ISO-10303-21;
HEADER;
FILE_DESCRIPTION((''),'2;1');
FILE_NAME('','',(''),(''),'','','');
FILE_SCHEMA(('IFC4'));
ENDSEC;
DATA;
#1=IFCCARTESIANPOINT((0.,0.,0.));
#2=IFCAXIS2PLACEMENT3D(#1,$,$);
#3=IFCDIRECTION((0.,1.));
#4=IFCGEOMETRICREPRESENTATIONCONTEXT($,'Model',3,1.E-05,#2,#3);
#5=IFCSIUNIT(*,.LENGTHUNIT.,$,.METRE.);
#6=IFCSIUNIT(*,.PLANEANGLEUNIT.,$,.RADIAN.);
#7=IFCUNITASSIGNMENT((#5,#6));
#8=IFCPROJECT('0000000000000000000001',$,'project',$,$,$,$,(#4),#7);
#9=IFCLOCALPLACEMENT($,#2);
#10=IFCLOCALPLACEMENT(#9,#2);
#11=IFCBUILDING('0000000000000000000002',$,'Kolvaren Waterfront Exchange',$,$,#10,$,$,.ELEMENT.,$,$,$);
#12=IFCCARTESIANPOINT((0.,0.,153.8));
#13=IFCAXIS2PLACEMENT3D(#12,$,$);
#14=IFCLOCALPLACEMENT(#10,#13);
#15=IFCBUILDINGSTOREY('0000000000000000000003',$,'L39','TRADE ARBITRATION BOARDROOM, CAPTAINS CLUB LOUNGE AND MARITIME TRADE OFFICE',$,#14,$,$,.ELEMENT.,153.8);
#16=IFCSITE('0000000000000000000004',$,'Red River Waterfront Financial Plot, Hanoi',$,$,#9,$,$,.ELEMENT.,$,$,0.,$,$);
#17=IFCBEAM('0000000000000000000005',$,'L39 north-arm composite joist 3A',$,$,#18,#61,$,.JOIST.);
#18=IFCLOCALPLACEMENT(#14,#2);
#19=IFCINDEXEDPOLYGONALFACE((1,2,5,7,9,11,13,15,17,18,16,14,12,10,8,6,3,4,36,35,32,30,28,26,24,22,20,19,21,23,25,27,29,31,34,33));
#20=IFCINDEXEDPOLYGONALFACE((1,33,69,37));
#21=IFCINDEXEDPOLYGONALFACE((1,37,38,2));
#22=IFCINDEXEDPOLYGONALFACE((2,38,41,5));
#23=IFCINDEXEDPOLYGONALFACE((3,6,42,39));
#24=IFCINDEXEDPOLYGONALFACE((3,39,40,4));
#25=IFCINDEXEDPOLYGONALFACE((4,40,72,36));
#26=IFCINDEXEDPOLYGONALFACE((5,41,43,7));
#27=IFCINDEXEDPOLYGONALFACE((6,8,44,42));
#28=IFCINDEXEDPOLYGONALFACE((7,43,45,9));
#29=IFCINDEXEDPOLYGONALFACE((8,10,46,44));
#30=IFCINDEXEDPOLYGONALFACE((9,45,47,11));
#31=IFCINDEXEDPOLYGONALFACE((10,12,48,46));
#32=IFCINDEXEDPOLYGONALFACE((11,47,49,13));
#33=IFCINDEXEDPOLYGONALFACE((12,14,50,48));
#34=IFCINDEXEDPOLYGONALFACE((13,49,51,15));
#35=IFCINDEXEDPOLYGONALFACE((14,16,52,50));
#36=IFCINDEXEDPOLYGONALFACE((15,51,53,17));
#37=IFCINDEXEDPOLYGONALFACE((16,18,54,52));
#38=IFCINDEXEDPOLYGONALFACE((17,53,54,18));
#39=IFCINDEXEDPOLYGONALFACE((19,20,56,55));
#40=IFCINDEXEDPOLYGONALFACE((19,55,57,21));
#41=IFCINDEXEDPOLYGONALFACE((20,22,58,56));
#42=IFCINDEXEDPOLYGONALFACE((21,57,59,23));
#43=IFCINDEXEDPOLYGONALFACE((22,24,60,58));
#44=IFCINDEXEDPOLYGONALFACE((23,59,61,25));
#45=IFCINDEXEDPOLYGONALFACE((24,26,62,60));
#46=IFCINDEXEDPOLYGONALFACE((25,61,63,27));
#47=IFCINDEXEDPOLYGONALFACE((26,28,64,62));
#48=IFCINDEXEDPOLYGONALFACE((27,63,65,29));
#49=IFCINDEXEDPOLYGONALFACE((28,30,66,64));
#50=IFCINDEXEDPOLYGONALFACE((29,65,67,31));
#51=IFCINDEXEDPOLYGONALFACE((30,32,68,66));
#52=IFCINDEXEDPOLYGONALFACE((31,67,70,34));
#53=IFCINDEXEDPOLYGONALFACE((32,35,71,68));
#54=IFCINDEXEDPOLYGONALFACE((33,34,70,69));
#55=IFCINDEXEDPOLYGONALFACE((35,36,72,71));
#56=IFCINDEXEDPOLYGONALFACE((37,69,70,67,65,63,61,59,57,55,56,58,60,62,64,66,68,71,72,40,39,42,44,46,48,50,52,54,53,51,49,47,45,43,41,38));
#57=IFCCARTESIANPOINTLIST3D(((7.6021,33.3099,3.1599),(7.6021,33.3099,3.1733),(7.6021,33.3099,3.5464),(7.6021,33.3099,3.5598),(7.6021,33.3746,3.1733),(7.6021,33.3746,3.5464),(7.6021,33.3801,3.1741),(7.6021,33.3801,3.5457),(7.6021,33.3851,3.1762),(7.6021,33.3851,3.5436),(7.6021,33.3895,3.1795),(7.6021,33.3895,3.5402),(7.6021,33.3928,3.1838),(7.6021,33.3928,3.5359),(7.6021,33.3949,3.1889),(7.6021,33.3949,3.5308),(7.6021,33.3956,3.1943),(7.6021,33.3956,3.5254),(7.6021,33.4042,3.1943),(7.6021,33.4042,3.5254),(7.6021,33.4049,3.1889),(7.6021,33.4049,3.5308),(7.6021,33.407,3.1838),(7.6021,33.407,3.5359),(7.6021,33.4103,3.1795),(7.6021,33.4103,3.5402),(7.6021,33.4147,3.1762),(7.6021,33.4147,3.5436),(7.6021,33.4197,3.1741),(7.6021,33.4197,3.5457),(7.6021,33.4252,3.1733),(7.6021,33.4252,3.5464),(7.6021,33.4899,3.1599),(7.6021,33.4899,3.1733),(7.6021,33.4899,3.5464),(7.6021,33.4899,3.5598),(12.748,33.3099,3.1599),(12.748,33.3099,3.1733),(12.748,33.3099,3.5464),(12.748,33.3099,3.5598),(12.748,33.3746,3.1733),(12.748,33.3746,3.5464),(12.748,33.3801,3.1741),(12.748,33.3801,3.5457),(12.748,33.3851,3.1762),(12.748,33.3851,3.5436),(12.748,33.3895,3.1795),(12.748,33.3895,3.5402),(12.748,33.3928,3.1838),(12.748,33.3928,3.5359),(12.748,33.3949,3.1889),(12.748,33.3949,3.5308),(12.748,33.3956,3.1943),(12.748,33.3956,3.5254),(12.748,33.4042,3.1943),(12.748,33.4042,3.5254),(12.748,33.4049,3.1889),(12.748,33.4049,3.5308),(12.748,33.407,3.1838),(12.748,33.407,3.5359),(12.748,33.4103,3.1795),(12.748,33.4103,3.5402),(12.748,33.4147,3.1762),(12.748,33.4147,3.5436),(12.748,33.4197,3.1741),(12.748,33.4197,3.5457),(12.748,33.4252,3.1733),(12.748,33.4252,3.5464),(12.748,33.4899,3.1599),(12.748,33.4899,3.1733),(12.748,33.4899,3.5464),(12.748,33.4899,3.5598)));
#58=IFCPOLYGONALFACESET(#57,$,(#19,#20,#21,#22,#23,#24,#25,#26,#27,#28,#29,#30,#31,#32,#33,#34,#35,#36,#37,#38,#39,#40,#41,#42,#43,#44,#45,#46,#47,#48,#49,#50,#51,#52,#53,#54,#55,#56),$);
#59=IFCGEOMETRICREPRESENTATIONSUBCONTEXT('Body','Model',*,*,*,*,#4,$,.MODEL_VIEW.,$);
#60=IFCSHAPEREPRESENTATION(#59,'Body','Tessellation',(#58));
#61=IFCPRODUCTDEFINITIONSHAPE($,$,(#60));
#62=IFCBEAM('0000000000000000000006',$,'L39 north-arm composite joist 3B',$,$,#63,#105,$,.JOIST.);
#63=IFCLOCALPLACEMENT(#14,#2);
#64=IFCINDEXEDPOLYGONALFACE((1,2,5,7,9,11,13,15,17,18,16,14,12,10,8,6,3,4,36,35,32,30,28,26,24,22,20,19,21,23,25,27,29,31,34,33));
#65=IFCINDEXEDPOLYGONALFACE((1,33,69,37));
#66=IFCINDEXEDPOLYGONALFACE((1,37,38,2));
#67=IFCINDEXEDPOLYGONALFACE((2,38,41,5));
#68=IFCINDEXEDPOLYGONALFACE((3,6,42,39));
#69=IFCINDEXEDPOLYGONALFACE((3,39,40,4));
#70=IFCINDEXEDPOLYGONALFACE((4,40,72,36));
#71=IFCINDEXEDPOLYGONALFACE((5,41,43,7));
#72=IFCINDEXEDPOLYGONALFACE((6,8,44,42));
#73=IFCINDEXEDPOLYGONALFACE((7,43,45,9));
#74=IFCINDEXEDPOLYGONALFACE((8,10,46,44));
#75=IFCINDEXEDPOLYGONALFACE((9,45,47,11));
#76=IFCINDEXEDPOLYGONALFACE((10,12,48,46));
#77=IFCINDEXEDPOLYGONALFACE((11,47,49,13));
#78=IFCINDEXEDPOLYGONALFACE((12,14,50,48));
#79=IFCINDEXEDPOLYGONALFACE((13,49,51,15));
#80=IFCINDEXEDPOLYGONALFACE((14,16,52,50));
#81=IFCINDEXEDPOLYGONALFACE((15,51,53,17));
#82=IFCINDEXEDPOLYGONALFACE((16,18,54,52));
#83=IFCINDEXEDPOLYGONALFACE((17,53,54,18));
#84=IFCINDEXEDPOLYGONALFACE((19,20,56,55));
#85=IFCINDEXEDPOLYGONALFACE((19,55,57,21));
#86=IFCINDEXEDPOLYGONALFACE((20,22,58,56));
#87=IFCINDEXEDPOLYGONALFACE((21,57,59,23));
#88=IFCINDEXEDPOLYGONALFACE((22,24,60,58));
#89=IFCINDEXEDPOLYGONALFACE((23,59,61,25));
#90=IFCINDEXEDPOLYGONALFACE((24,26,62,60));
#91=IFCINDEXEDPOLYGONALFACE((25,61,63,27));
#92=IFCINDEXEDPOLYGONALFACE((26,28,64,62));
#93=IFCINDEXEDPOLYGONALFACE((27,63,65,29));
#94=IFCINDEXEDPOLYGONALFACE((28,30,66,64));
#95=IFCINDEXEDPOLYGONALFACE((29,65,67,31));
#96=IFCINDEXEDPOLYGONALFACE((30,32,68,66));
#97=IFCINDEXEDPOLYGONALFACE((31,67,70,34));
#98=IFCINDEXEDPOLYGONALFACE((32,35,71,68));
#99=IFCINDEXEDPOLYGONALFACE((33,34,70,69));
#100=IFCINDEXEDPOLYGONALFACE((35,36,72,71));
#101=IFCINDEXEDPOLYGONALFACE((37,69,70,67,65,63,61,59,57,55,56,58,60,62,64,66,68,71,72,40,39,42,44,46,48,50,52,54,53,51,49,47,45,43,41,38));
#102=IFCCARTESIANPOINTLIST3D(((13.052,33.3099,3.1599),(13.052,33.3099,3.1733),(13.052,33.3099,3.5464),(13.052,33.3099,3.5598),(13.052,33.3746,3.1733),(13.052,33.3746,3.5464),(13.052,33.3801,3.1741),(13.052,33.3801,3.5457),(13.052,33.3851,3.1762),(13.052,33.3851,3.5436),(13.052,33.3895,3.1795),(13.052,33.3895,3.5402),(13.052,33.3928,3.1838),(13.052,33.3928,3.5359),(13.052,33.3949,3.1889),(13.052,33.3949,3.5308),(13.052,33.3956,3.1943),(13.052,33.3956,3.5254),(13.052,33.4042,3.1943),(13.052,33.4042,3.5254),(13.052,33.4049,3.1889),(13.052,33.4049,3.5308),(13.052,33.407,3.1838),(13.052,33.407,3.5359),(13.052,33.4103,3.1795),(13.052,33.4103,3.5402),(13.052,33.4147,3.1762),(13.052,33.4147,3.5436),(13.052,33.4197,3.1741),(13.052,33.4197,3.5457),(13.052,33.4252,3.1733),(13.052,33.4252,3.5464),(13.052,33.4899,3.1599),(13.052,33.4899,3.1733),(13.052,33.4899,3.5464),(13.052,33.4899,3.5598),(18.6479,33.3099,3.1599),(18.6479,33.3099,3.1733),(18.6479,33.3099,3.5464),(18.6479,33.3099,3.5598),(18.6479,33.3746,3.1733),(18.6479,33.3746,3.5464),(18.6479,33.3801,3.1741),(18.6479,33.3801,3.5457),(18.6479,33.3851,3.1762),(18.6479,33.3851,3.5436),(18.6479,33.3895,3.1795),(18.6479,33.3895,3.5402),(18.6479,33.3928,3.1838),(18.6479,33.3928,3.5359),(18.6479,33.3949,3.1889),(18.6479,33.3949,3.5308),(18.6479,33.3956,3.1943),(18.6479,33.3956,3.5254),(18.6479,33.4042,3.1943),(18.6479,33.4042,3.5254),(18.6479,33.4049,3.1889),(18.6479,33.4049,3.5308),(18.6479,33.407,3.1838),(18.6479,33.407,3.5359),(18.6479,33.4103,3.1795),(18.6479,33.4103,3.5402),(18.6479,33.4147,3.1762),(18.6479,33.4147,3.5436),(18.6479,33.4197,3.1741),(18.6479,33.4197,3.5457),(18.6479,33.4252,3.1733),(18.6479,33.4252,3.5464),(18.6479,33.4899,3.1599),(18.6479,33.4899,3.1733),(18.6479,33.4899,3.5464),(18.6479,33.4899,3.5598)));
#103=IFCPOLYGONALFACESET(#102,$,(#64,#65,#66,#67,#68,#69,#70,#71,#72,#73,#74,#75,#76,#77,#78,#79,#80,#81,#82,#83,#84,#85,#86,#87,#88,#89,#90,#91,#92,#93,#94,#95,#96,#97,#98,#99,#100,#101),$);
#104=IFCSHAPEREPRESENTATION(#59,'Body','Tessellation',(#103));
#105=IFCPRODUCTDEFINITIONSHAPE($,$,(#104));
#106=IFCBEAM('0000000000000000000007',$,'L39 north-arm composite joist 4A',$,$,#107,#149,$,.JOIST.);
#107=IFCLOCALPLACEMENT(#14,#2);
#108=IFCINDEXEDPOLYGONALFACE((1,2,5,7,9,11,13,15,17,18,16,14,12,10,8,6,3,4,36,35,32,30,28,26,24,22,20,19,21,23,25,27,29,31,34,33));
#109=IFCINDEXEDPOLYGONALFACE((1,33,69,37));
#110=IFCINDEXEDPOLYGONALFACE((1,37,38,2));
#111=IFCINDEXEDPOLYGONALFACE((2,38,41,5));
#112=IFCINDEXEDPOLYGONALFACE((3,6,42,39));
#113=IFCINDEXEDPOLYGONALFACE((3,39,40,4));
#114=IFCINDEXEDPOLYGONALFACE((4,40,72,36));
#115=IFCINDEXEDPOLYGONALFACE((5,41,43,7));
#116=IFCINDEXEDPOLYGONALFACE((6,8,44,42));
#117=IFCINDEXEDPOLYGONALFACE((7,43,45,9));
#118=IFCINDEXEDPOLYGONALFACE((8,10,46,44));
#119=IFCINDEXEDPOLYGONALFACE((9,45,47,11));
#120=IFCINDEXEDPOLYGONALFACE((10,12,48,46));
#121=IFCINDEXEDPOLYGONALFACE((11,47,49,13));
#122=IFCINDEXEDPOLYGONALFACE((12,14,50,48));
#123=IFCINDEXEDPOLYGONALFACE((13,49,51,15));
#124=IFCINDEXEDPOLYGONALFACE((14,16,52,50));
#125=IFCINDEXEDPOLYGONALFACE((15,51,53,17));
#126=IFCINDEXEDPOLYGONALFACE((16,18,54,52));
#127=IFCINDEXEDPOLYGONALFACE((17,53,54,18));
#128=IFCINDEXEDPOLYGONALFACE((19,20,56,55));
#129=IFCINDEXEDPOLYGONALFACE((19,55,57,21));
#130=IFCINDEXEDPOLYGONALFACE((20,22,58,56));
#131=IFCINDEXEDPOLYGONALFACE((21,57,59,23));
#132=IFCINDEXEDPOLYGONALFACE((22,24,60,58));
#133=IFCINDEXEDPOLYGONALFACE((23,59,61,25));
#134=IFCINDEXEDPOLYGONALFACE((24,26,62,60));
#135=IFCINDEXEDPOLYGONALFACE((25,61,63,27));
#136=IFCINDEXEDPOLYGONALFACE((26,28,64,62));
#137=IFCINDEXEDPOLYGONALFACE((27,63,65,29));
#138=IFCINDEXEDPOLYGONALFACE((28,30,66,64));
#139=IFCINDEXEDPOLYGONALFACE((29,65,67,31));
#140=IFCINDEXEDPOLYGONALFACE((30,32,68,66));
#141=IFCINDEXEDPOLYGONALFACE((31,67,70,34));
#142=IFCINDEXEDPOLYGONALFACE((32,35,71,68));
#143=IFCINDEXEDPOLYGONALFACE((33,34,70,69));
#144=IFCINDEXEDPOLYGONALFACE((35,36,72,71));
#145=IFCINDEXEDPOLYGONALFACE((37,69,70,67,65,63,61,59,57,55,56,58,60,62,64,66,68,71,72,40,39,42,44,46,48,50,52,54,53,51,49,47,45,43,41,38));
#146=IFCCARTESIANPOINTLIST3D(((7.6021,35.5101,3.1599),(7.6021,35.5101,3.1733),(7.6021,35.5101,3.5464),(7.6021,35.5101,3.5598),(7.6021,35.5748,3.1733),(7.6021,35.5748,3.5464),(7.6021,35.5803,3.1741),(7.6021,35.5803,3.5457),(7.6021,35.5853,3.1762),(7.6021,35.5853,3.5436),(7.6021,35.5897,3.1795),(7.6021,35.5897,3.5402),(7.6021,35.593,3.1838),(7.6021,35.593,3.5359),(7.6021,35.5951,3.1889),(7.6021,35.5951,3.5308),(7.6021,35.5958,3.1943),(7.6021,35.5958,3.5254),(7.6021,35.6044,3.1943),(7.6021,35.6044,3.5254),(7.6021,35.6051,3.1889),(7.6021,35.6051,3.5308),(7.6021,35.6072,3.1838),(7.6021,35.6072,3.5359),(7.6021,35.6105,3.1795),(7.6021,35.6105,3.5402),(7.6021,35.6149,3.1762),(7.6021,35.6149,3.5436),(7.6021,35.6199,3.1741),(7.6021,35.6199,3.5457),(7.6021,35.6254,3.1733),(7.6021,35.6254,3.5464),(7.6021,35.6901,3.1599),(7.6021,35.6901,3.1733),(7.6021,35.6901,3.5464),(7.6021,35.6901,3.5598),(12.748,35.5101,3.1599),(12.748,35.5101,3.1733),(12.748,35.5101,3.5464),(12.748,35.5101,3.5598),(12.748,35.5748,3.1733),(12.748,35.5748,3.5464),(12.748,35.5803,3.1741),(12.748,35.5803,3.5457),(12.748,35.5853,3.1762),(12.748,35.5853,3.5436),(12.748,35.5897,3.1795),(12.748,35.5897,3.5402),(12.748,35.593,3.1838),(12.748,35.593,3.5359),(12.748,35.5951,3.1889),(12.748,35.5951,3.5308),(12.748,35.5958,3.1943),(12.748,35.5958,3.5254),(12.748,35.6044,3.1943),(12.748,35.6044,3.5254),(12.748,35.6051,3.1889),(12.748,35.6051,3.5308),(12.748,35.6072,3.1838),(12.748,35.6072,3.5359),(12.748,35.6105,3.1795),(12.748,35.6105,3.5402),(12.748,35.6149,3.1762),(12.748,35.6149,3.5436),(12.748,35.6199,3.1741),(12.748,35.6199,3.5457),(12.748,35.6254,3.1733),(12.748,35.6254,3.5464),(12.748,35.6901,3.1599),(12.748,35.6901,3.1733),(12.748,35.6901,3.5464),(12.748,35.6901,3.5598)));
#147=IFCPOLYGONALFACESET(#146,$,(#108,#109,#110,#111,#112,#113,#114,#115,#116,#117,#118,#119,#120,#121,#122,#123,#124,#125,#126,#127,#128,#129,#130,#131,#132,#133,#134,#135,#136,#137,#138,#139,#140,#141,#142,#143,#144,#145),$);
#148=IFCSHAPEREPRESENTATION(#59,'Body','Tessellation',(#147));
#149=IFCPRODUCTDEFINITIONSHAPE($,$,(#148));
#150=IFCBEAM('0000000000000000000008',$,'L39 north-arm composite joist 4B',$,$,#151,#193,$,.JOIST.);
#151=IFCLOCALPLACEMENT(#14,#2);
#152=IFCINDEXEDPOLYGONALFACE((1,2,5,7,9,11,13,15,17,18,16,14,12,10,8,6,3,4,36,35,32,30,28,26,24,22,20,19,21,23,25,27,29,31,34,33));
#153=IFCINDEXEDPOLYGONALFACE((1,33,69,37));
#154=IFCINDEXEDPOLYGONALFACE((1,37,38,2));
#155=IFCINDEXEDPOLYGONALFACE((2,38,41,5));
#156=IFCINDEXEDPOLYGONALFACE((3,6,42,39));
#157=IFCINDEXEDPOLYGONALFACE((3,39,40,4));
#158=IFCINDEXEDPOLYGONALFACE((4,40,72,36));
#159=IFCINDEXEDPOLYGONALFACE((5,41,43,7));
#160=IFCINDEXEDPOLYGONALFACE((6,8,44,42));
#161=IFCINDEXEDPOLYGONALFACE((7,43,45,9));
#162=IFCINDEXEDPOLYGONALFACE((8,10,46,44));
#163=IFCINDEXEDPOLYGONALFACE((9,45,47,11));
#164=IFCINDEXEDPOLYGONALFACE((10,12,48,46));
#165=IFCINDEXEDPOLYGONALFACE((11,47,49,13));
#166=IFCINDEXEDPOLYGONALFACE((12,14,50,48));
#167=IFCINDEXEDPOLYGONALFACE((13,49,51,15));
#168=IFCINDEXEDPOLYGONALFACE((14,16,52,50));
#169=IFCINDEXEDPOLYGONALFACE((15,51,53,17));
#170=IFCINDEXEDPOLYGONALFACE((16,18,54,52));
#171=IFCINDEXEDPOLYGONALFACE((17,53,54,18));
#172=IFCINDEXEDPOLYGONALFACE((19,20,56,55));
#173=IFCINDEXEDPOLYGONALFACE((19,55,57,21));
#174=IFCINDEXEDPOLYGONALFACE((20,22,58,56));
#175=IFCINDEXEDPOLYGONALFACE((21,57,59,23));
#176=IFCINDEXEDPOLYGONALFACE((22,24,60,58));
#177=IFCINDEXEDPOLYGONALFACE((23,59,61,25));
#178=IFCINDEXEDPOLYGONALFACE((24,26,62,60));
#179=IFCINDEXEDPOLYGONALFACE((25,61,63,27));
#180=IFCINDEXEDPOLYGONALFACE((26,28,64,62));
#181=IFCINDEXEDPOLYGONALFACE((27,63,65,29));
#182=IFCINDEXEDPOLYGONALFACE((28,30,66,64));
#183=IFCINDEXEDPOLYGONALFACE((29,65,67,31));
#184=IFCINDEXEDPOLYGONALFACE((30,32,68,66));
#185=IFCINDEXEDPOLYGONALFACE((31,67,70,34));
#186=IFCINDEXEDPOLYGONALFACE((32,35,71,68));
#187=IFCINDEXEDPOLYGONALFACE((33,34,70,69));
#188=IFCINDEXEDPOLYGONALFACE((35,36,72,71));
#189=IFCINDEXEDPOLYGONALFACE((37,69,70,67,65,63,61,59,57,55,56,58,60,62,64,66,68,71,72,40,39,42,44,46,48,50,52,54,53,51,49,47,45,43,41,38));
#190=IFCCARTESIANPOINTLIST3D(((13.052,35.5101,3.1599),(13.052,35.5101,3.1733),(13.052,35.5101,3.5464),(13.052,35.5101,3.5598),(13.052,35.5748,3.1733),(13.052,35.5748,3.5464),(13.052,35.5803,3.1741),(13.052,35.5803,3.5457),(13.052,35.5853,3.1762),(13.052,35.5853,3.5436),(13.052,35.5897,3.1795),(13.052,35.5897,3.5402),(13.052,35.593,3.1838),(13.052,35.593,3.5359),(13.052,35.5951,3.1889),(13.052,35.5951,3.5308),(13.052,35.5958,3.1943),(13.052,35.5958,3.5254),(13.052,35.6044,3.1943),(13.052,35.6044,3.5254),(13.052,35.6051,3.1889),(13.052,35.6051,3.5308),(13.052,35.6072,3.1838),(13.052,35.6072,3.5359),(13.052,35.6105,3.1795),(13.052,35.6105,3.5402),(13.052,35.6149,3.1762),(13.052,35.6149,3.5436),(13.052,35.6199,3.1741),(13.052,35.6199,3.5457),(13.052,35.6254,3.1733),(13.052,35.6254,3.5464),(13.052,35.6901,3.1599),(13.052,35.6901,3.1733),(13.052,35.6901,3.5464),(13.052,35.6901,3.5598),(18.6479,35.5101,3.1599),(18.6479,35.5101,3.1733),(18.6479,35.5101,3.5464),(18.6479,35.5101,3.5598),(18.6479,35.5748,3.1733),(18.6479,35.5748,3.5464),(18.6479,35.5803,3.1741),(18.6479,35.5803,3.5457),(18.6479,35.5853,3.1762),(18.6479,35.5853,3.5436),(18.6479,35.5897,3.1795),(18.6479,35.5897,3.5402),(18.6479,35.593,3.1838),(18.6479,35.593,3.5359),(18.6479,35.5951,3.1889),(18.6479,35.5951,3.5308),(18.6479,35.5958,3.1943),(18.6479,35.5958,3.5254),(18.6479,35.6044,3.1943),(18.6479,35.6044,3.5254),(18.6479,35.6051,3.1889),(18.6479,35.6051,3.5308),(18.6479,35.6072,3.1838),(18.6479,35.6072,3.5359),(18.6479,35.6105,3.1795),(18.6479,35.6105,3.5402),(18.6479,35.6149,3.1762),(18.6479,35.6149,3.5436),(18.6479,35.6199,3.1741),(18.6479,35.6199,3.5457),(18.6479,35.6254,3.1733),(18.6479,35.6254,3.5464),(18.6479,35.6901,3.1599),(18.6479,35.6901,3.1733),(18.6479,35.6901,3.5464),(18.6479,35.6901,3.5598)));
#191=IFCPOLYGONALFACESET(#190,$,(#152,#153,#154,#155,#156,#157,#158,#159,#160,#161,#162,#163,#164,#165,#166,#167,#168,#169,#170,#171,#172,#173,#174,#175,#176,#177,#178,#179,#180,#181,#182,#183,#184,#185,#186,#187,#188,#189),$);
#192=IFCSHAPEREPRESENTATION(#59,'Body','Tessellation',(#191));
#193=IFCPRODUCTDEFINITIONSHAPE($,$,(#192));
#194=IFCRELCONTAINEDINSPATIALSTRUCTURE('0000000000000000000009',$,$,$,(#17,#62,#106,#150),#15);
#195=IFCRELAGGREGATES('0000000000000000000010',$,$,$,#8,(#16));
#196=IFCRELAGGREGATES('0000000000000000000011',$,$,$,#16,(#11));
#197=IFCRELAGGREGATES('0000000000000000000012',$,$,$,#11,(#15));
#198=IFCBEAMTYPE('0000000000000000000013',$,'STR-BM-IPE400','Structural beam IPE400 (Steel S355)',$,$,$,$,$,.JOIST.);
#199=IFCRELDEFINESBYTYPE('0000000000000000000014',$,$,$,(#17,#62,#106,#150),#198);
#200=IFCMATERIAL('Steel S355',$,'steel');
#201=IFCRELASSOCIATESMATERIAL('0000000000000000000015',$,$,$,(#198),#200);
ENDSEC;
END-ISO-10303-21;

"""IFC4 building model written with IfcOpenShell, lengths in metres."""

from ifc_helpers import new_model, si_unit, direction, frame, origin, origin_2d, place, context, subcontext, project, spatial, i_section, extrude, material, material_profile, profile_set, type_object, element, save


model = new_model("IFC4")

# Units and contexts
model_context = context("Model", 3, precision=1e-05, world=origin(), true_north=direction((0.0, 1.0)))
body_context = subcontext(model_context, "Body", "Model", "MODEL_VIEW")
ifc_project = project(units=[si_unit("LENGTHUNIT", "METRE"), si_unit("PLANEANGLEUNIT", "RADIAN")], contexts=[model_context])

# Site, building, storey
site_placement = place(None, origin())
site = spatial("IfcSite", under=ifc_project, at=site_placement, Name="Red River Waterfront Financial Plot, Hanoi", CompositionType="ELEMENT", RefElevation=0.0)
building_placement = place(site_placement, origin())
building = spatial("IfcBuilding", under=site, at=building_placement, Name="Kolvaren Waterfront Exchange", CompositionType="ELEMENT")
storey_placement = place(building_placement, frame((0.0, 0.0, 153.8)))
storey = spatial("IfcBuildingStorey", under=building, at=storey_placement, Name="L39", Description="TRADE ARBITRATION BOARDROOM, CAPTAINS CLUB LOUNGE AND MARITIME TRADE OFFICE", CompositionType="ELEMENT", Elevation=153.8)

# Beams
ifc_material_1 = material(Name="Steel S355", Category="steel")
ifc_material_profile_1 = material_profile(ifc_material_1, i_section(OverallWidth=0.1799, OverallDepth=0.3999, WebThickness=0.0085, FlangeThickness=0.0134, FilletRadius=0.021, at=origin_2d()), Name="IPE400")
ifc_profile_set_1 = profile_set([ifc_material_profile_1], Name="Steel S355")
beam_type_1 = type_object("IfcBeamType", Name="STR-BM-IPE400", Description="Structural beam IPE400 (Steel S355)", PredefinedType="JOIST", material=ifc_profile_set_1)
beam_1_placement = place(storey_placement, frame((7.6021, 33.3999, 3.3599), z_axis=(1.0, 0.0, 0.0), x_axis=(0.0, 1.0, 0.0)))
element("IfcBeam", 1, at=beam_1_placement, inside=storey, type_object=beam_type_1, Name="L39 north-arm composite joist 3A", PredefinedType="JOIST", context=body_context, shape_type="SweptSolid", body=[
    extrude(i_section(OverallWidth=0.1799, OverallDepth=0.3999, WebThickness=0.0085, FlangeThickness=0.0134, FilletRadius=0.021, at=origin_2d()), origin(), (0.0, 0.0, 1.0), 5.146),
])
beam_2_placement = place(storey_placement, frame((13.052, 33.3999, 3.3599), z_axis=(1.0, 0.0, 0.0), x_axis=(0.0, 1.0, 0.0)))
element("IfcBeam", 2, at=beam_2_placement, inside=storey, type_object=beam_type_1, Name="L39 north-arm composite joist 3B", PredefinedType="JOIST", context=body_context, shape_type="SweptSolid", body=[
    extrude(i_section(OverallWidth=0.1799, OverallDepth=0.3999, WebThickness=0.0085, FlangeThickness=0.0134, FilletRadius=0.021, at=origin_2d()), origin(), (0.0, 0.0, 1.0), 5.5959),
])
beam_3_placement = place(storey_placement, frame((7.6021, 35.6001, 3.3599), z_axis=(1.0, 0.0, 0.0), x_axis=(0.0, 1.0, 0.0)))
element("IfcBeam", 3, at=beam_3_placement, inside=storey, type_object=beam_type_1, Name="L39 north-arm composite joist 4A", PredefinedType="JOIST", context=body_context, shape_type="SweptSolid", body=[
    extrude(i_section(OverallWidth=0.1799, OverallDepth=0.3999, WebThickness=0.0085, FlangeThickness=0.0134, FilletRadius=0.021, at=origin_2d()), origin(), (0.0, 0.0, 1.0), 5.146),
])
beam_4_placement = place(storey_placement, frame((13.052, 35.6001, 3.3599), z_axis=(1.0, 0.0, 0.0), x_axis=(0.0, 1.0, 0.0)))
element("IfcBeam", 4, at=beam_4_placement, inside=storey, type_object=beam_type_1, Name="L39 north-arm composite joist 4B", PredefinedType="JOIST", context=body_context, shape_type="SweptSolid", body=[
    extrude(i_section(OverallWidth=0.1799, OverallDepth=0.3999, WebThickness=0.0085, FlangeThickness=0.0134, FilletRadius=0.021, at=origin_2d()), origin(), (0.0, 0.0, 1.0), 5.5959),
])

save(model, "model.ifc")
